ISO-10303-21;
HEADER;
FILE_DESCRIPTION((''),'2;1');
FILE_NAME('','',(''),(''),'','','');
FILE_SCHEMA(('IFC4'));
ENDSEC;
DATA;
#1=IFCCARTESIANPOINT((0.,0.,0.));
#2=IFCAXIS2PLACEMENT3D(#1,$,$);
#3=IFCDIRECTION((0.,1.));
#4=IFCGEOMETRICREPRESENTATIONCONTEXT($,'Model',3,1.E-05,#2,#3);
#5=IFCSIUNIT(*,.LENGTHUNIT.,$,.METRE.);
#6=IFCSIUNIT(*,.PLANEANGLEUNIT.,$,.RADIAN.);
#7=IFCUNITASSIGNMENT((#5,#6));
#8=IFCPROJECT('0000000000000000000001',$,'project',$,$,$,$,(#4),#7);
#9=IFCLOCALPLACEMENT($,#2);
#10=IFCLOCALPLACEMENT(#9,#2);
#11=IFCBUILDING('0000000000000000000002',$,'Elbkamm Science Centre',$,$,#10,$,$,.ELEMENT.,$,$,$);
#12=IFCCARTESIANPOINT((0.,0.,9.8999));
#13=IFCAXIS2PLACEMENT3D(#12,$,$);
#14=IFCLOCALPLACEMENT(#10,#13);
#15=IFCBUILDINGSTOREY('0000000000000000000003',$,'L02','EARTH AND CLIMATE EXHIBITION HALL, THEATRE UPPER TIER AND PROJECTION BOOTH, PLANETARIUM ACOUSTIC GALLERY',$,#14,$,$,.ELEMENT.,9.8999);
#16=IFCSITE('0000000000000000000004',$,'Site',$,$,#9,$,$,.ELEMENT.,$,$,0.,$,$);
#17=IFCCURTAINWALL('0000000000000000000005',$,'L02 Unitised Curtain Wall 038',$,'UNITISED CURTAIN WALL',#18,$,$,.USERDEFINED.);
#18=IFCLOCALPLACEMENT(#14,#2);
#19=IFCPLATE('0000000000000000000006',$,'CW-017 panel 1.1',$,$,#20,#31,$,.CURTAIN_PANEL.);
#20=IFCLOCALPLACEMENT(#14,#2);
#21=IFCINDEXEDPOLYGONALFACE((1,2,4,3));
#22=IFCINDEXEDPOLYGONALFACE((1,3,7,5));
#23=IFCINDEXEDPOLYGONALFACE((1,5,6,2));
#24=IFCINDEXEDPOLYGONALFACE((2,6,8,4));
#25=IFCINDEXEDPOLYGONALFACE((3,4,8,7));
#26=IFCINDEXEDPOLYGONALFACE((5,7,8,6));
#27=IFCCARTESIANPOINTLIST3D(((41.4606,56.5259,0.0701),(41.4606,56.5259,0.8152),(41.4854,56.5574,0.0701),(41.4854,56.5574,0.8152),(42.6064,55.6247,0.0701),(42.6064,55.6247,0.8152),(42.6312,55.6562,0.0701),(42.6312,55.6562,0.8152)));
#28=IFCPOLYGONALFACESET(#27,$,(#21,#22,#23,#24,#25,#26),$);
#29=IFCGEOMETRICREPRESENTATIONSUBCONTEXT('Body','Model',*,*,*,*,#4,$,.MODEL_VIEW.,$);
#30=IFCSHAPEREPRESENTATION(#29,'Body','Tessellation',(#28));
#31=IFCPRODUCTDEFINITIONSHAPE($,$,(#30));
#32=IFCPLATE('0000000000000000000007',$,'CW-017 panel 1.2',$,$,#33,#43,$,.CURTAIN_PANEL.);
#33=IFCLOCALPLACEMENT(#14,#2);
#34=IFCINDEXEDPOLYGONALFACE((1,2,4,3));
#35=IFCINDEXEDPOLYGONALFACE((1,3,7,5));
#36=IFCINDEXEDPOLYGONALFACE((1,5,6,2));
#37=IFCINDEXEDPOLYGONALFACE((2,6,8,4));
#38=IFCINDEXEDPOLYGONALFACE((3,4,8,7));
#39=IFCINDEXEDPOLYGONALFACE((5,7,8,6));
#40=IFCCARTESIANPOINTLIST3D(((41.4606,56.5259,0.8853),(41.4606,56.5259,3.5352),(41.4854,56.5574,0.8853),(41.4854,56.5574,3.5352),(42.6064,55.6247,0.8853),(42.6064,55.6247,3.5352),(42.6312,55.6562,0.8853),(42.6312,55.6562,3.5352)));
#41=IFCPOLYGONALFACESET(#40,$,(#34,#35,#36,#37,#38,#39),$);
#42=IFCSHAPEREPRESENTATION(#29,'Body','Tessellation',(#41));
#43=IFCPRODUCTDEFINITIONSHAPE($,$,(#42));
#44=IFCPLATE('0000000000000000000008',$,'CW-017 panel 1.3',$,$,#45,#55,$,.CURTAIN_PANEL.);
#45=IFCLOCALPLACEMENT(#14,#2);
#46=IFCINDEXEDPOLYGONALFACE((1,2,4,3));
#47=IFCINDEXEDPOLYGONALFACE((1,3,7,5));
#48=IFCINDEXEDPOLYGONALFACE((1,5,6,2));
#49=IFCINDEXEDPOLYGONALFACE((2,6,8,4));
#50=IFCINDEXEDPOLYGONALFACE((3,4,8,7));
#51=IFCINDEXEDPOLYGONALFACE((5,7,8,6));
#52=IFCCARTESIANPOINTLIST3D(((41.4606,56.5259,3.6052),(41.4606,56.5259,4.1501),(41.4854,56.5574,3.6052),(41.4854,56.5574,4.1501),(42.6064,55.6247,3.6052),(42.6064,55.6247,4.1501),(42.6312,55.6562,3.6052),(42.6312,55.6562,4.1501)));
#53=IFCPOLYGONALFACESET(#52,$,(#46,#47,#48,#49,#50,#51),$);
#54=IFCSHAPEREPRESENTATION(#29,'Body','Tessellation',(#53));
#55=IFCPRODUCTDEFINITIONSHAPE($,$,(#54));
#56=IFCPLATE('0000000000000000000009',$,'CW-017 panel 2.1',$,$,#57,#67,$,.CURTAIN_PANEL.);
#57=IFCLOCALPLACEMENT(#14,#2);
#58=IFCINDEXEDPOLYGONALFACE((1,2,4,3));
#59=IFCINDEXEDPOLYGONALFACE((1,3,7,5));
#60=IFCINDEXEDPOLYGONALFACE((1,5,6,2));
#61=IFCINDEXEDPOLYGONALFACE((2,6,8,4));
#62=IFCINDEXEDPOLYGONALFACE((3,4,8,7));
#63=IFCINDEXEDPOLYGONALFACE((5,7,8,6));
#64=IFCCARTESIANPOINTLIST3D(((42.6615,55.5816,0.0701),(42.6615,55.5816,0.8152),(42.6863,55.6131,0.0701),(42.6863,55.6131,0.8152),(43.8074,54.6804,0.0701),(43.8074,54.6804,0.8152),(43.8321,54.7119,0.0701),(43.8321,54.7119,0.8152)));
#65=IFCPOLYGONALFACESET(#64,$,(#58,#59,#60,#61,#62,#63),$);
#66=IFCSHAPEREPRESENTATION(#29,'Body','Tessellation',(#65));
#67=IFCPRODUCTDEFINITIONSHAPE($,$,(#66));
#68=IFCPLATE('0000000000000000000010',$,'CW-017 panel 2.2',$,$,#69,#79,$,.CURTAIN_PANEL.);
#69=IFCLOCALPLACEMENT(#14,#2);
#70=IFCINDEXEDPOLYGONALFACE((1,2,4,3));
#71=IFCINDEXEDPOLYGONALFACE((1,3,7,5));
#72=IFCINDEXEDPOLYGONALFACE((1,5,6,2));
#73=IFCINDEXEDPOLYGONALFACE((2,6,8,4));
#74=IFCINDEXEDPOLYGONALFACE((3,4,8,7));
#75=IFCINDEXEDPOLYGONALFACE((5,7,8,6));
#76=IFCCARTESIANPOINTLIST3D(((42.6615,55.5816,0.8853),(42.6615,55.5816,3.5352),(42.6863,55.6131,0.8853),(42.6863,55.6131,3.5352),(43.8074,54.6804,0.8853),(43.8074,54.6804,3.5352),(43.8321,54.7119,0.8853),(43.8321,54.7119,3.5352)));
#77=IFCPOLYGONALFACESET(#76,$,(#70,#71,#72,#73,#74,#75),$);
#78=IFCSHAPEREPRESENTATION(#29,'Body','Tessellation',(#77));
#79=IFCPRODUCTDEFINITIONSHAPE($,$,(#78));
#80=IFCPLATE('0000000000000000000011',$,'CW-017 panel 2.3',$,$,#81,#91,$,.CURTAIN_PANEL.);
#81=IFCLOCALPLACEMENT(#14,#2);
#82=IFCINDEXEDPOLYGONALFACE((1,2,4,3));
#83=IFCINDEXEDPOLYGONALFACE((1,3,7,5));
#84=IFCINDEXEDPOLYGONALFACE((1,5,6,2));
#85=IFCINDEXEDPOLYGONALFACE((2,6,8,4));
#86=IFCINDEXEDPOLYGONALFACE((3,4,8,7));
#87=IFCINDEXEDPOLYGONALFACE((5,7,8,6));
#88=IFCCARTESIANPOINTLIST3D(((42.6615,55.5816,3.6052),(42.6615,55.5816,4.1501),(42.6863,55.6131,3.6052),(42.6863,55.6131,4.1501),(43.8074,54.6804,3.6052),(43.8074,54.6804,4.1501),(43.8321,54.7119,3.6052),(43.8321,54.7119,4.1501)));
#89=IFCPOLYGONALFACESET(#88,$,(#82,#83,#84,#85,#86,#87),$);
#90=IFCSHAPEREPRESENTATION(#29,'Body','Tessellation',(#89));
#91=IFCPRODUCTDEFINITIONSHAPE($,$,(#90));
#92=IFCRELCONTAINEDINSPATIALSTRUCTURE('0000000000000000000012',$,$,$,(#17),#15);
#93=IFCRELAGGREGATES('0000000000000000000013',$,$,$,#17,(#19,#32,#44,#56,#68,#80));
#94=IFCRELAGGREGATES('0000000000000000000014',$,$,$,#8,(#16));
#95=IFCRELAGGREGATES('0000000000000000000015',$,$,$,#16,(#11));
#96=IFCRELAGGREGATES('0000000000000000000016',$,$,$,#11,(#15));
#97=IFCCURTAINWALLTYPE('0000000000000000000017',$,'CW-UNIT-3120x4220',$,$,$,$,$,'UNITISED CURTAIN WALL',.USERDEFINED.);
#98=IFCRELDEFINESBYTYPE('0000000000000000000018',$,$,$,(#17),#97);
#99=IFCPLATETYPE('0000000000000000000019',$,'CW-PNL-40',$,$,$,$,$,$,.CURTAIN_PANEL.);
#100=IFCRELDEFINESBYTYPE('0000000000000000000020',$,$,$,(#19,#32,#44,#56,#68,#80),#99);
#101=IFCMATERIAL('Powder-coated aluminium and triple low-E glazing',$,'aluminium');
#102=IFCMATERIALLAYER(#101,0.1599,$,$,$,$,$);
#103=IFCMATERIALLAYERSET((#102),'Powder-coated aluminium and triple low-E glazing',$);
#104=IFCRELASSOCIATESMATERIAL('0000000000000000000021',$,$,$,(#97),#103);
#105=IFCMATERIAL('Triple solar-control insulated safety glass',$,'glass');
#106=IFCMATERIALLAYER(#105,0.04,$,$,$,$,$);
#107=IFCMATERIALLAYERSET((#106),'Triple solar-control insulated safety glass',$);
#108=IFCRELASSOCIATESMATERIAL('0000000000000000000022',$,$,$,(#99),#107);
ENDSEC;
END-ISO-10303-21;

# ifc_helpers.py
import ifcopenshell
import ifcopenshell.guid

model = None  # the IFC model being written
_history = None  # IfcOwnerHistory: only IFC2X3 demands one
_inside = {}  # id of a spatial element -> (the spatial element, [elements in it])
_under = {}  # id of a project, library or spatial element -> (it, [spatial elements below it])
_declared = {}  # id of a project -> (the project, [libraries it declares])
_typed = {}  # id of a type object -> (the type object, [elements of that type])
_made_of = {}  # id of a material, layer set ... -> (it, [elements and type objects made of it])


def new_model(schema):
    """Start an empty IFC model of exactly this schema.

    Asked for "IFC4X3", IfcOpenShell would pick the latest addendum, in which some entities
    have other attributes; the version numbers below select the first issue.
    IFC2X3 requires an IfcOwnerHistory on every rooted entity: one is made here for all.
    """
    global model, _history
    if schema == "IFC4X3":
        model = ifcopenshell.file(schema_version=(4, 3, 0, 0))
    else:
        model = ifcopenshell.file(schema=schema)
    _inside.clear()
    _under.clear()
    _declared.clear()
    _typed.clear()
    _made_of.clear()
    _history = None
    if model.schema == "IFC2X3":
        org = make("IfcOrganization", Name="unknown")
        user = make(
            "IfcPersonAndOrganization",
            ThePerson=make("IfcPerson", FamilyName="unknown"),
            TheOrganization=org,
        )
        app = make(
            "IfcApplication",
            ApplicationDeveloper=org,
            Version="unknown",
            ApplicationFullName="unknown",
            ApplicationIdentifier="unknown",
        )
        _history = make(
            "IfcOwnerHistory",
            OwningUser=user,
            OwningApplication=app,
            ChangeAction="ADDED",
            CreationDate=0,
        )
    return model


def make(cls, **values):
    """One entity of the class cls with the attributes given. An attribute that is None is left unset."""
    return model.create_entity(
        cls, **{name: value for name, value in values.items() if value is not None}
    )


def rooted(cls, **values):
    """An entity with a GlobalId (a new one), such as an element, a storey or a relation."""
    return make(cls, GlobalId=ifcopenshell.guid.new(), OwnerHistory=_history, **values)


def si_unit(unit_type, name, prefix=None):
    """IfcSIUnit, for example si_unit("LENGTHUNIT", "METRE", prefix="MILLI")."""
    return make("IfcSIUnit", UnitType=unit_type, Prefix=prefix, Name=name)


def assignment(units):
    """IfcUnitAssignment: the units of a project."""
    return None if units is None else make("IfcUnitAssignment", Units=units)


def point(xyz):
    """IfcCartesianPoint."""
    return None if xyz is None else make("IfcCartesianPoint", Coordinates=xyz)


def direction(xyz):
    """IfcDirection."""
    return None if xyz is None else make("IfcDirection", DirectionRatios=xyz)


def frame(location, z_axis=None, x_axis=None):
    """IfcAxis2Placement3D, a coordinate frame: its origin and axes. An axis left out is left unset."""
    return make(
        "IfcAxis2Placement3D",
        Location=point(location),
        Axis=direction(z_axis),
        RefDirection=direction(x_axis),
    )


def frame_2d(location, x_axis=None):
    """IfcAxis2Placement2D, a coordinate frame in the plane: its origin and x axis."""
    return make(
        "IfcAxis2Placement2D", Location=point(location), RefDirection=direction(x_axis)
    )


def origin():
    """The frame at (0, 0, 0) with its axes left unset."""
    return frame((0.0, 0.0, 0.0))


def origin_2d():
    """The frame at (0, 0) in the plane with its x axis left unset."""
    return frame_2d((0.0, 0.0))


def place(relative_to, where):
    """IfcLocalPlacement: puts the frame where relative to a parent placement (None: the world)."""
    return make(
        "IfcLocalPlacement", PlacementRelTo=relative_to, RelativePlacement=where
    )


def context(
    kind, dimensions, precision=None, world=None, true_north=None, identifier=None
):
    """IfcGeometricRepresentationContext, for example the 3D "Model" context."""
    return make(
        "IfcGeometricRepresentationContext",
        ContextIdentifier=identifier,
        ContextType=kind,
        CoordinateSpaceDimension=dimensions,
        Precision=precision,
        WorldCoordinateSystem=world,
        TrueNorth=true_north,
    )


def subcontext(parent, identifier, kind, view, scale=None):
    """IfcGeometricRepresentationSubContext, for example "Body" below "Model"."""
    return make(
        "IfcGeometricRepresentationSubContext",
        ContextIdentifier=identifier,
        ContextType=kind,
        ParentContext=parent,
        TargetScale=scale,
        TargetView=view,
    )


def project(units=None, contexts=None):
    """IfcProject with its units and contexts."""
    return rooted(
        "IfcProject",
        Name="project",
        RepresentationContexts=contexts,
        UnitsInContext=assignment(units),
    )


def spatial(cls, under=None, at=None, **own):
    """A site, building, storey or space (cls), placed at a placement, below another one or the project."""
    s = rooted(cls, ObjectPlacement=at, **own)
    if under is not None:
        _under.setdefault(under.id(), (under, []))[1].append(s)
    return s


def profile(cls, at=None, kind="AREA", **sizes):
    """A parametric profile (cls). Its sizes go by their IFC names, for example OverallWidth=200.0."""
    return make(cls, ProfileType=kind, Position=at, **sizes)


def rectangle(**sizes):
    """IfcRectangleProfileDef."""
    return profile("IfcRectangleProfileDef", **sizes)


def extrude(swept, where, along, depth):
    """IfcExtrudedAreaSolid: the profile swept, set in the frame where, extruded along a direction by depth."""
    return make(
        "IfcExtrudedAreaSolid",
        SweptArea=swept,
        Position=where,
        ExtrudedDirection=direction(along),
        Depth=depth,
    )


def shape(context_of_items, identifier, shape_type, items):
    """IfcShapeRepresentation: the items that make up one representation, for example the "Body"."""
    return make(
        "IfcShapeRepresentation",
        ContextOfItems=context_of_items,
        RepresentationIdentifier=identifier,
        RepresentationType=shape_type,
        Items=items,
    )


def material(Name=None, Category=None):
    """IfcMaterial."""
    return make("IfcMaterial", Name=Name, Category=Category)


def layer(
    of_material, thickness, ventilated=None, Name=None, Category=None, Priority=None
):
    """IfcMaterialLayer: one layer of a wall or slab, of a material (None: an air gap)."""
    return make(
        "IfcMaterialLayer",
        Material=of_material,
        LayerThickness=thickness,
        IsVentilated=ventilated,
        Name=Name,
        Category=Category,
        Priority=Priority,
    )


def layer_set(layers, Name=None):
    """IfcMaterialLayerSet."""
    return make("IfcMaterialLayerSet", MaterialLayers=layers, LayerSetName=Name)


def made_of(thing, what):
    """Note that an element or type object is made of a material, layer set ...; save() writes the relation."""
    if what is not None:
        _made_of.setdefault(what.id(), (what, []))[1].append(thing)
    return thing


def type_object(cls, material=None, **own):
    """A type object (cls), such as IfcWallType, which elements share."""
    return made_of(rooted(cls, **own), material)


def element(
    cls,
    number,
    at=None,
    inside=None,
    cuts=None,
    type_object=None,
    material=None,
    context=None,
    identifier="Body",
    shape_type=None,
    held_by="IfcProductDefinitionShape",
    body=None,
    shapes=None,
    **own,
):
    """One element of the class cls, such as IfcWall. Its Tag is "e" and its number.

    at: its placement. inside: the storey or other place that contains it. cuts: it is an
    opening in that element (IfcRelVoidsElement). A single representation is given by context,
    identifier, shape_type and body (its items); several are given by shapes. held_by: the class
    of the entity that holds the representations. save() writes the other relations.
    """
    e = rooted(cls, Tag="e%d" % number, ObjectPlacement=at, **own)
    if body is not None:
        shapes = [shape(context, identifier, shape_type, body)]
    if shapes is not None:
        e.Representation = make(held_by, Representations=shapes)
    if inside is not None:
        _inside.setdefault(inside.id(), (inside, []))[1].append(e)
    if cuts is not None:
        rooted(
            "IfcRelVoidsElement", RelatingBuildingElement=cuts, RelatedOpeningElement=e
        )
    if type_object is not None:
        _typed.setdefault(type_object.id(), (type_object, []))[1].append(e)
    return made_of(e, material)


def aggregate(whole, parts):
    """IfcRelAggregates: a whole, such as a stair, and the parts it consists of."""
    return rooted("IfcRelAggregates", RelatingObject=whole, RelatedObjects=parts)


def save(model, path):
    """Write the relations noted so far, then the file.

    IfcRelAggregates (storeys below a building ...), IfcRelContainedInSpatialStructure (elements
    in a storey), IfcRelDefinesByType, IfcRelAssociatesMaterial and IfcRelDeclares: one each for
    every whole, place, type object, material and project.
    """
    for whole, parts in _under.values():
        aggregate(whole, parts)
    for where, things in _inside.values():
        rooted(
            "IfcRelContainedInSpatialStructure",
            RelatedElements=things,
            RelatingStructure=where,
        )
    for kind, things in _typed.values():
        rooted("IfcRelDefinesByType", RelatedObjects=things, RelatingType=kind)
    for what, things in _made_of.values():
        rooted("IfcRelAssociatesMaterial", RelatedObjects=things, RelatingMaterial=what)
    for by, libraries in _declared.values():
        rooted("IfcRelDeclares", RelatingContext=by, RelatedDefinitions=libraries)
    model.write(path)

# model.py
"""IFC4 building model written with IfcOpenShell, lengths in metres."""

from ifc_helpers import new_model, si_unit, direction, frame, origin, origin_2d, place, context, subcontext, project, spatial, rectangle, extrude, material, layer, layer_set, type_object, element, aggregate, save


model = new_model("IFC4")

# Units and contexts
model_context = context("Model", 3, precision=1e-05, world=origin(), true_north=direction((0.0, 1.0)))
body_context = subcontext(model_context, "Body", "Model", "MODEL_VIEW")
ifc_project = project(units=[si_unit("LENGTHUNIT", "METRE"), si_unit("PLANEANGLEUNIT", "RADIAN")], contexts=[model_context])

# Site, building, storey
site_placement = place(None, origin())
site = spatial("IfcSite", under=ifc_project, at=site_placement, Name="Site", CompositionType="ELEMENT", RefElevation=0.0)
building_placement = place(site_placement, origin())
building = spatial("IfcBuilding", under=site, at=building_placement, Name="Elbkamm Science Centre", CompositionType="ELEMENT")
storey_placement = place(building_placement, frame((0.0, 0.0, 9.8999)))
storey = spatial("IfcBuildingStorey", under=building, at=storey_placement, Name="L02", Description="EARTH AND CLIMATE EXHIBITION HALL, THEATRE UPPER TIER AND PROJECTION BOOTH, PLANETARIUM ACOUSTIC GALLERY", CompositionType="ELEMENT", Elevation=9.8999)

# Curtain wall, plates
ifc_material_1 = material(Name="Powder-coated aluminium and triple low-E glazing", Category="aluminium")
ifc_layer_1 = layer(ifc_material_1, 0.1599)
ifc_layer_set_1 = layer_set([ifc_layer_1], Name="Powder-coated aluminium and triple low-E glazing")
curtain_wall_type = type_object("IfcCurtainWallType", Name="CW-UNIT-3120x4220", ElementType="UNITISED CURTAIN WALL", PredefinedType="USERDEFINED", material=ifc_layer_set_1)
curtain_wall_placement = place(storey_placement, origin())
curtain_wall = element("IfcCurtainWall", 1, at=curtain_wall_placement, inside=storey, type_object=curtain_wall_type, Name="L02 Unitised Curtain Wall 038", ObjectType="UNITISED CURTAIN WALL", PredefinedType="USERDEFINED")
ifc_material_2 = material(Name="Triple solar-control insulated safety glass", Category="glass")
ifc_layer_2 = layer(ifc_material_2, 0.04)
ifc_layer_set_2 = layer_set([ifc_layer_2], Name="Triple solar-control insulated safety glass")
plate_type = type_object("IfcPlateType", Name="CW-PNL-40", PredefinedType="CURTAIN_PANEL", material=ifc_layer_set_2)
plate_1_placement = place(storey_placement, frame((42.0459, 56.0911, 0.0701), z_axis=(0.0, 0.0, 1.0), x_axis=(0.786005, -0.61822, 0.0)))
plate_1 = element("IfcPlate", 2, at=plate_1_placement, type_object=plate_type, Name="CW-017 panel 1.1", PredefinedType="CURTAIN_PANEL", context=body_context, shape_type="SweptSolid", body=[
    extrude(rectangle(XDim=1.4578, YDim=0.04, at=origin_2d()), origin(), (0.0, 0.0, 1.0), 0.7451),
])
plate_2_placement = place(storey_placement, frame((42.0459, 56.0911, 0.8853), z_axis=(0.0, 0.0, 1.0), x_axis=(0.786005, -0.61822, 0.0)))
plate_2 = element("IfcPlate", 3, at=plate_2_placement, type_object=plate_type, Name="CW-017 panel 1.2", PredefinedType="CURTAIN_PANEL", context=body_context, shape_type="SweptSolid", body=[
    extrude(rectangle(XDim=1.4578, YDim=0.04, at=origin_2d()), origin(), (0.0, 0.0, 1.0), 2.6499),
])
plate_3_placement = place(storey_placement, frame((42.0459, 56.0911, 3.6052), z_axis=(0.0, 0.0, 1.0), x_axis=(0.786005, -0.61822, 0.0)))
plate_3 = element("IfcPlate", 4, at=plate_3_placement, type_object=plate_type, Name="CW-017 panel 1.3", PredefinedType="CURTAIN_PANEL", context=body_context, shape_type="SweptSolid", body=[
    extrude(rectangle(XDim=1.4578, YDim=0.04, at=origin_2d()), origin(), (0.0, 0.0, 1.0), 0.5449),
])
plate_4_placement = place(storey_placement, frame((43.2468, 55.1467, 0.0701), z_axis=(0.0, 0.0, 1.0), x_axis=(0.786005, -0.61822, 0.0)))
plate_4 = element("IfcPlate", 5, at=plate_4_placement, type_object=plate_type, Name="CW-017 panel 2.1", PredefinedType="CURTAIN_PANEL", context=body_context, shape_type="SweptSolid", body=[
    extrude(rectangle(XDim=1.4578, YDim=0.04, at=origin_2d()), origin(), (0.0, 0.0, 1.0), 0.7451),
])
plate_5_placement = place(storey_placement, frame((43.2468, 55.1467, 0.8853), z_axis=(0.0, 0.0, 1.0), x_axis=(0.786005, -0.61822, 0.0)))
plate_5 = element("IfcPlate", 6, at=plate_5_placement, type_object=plate_type, Name="CW-017 panel 2.2", PredefinedType="CURTAIN_PANEL", context=body_context, shape_type="SweptSolid", body=[
    extrude(rectangle(XDim=1.4578, YDim=0.04, at=origin_2d()), origin(), (0.0, 0.0, 1.0), 2.6499),
])
plate_6_placement = place(storey_placement, frame((43.2468, 55.1467, 3.6052), z_axis=(0.0, 0.0, 1.0), x_axis=(0.786005, -0.61822, 0.0)))
plate_6 = element("IfcPlate", 7, at=plate_6_placement, type_object=plate_type, Name="CW-017 panel 2.3", PredefinedType="CURTAIN_PANEL", context=body_context, shape_type="SweptSolid", body=[
    extrude(rectangle(XDim=1.4578, YDim=0.04, at=origin_2d()), origin(), (0.0, 0.0, 1.0), 0.5449),
])
aggregate(curtain_wall, [plate_1, plate_2, plate_3, plate_4, plate_5, plate_6])

save(model, "model.ifc")
